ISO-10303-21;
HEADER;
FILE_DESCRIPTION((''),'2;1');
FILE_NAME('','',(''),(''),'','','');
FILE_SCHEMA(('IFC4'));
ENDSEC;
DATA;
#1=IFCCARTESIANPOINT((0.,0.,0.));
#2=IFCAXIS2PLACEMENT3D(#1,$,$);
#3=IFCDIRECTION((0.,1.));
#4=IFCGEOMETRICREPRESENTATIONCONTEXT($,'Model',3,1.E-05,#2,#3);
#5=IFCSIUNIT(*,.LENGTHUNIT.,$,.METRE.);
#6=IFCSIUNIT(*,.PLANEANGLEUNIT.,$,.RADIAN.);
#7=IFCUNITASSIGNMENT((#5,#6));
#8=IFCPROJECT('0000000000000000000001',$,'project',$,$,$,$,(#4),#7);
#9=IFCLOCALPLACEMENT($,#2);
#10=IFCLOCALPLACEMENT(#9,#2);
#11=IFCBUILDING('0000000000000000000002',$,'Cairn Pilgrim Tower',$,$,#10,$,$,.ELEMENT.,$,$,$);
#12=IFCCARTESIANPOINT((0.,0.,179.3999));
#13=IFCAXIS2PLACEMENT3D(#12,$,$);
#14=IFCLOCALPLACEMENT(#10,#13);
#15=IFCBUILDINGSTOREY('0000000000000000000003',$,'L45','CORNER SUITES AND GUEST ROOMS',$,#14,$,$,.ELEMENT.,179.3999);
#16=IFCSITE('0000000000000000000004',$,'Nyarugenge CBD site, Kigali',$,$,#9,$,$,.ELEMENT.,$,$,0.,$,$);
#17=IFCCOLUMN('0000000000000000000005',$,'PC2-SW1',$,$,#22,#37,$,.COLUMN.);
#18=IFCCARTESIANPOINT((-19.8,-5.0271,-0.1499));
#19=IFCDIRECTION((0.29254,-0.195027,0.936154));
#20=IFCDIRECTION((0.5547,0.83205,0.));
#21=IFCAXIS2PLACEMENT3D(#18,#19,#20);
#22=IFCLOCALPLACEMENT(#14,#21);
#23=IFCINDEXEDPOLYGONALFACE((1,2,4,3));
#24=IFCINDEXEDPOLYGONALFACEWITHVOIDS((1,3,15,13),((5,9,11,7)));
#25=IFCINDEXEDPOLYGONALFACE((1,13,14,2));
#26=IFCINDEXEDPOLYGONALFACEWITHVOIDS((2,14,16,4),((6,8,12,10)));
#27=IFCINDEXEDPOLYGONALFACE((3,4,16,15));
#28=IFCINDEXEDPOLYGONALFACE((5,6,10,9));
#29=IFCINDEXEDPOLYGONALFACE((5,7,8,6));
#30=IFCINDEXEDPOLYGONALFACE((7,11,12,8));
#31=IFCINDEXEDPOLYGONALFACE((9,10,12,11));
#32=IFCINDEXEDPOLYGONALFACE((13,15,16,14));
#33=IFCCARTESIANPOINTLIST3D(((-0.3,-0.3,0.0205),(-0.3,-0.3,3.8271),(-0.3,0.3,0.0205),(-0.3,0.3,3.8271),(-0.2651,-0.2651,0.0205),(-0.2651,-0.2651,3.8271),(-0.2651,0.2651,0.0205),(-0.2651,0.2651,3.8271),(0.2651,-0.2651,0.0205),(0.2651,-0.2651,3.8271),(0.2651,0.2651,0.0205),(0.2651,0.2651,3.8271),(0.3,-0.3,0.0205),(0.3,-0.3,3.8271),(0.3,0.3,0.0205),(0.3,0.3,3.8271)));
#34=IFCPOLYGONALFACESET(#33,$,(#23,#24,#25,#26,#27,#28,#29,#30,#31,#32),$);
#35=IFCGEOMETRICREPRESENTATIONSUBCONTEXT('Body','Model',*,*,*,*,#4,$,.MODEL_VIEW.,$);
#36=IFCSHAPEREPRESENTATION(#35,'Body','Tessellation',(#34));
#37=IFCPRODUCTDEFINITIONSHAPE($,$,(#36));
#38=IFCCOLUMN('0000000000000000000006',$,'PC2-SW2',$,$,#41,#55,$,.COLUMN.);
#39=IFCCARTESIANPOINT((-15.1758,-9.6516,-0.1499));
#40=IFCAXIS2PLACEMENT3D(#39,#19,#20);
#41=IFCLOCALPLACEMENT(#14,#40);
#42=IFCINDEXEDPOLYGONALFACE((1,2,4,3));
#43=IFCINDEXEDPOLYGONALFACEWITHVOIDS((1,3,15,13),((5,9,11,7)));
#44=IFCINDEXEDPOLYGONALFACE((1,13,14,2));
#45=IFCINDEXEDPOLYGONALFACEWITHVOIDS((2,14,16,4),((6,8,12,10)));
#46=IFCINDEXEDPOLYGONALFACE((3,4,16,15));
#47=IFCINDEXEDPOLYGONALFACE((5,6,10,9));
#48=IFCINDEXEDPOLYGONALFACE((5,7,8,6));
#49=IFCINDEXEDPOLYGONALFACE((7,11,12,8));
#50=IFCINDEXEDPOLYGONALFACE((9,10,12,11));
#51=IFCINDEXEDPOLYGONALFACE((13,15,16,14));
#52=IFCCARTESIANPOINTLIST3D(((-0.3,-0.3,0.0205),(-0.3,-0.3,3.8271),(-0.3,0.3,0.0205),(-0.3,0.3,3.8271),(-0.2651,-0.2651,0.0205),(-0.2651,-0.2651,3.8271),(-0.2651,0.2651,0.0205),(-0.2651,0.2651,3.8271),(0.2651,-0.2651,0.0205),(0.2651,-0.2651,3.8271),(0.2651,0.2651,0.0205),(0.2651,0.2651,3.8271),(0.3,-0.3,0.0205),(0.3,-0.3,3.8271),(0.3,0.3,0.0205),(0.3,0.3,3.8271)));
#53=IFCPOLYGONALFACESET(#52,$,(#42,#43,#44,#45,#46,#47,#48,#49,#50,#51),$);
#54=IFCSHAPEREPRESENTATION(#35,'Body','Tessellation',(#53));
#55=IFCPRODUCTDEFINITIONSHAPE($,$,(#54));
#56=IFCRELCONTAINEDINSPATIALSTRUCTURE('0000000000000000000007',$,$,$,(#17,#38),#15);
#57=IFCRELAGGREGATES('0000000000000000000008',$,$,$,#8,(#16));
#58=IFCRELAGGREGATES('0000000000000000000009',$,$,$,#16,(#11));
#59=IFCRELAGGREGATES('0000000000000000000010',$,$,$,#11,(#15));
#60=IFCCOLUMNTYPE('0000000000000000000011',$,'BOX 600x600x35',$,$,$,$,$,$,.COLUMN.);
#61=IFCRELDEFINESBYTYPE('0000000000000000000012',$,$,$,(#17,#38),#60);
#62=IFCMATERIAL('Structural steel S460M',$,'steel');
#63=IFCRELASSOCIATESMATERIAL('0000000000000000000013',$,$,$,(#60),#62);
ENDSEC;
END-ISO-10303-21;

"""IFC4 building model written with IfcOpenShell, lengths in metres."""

from ifc_helpers import new_model, si_unit, direction, frame, origin, origin_2d, place, context, subcontext, project, spatial, hollow_rectangle, extrude, clip, halfspace, material, material_profile, profile_set, type_object, element, save


model = new_model("IFC4")

# Units and contexts
model_context = context("Model", 3, precision=1e-05, world=origin(), true_north=direction((0.0, 1.0)))
body_context = subcontext(model_context, "Body", "Model", "MODEL_VIEW")
ifc_project = project(units=[si_unit("LENGTHUNIT", "METRE"), si_unit("PLANEANGLEUNIT", "RADIAN")], contexts=[model_context])

# Site, building, storey
site_placement = place(None, origin())
site = spatial("IfcSite", under=ifc_project, at=site_placement, Name="Nyarugenge CBD site, Kigali", CompositionType="ELEMENT", RefElevation=0.0)
building_placement = place(site_placement, origin())
building = spatial("IfcBuilding", under=site, at=building_placement, Name="Cairn Pilgrim Tower", CompositionType="ELEMENT")
storey_placement = place(building_placement, frame((0.0, 0.0, 179.3999)))
storey = spatial("IfcBuildingStorey", under=building, at=storey_placement, Name="L45", Description="CORNER SUITES AND GUEST ROOMS", CompositionType="ELEMENT", Elevation=179.3999)

# Columns
ifc_material_1 = material(Name="Structural steel S460M", Category="steel")
ifc_material_profile_1 = material_profile(ifc_material_1, hollow_rectangle(XDim=0.6001, YDim=0.6001, WallThickness=0.0349, at=origin_2d()), Name="BOX 600x600x35")
ifc_profile_set_1 = profile_set([ifc_material_profile_1], Name="Structural steel S460M")
column_type_1 = type_object("IfcColumnType", Name="BOX 600x600x35", PredefinedType="COLUMN", material=ifc_profile_set_1)
for number, where, z_axis, x_axis, name in (
    (1, (-19.8, -5.0271, -0.1499), (0.29254, -0.195027, 0.936154), (0.5547, 0.83205, 0.0), "PC2-SW1"),
    (2, (-15.1758, -9.6516, -0.1499), (0.29254, -0.195027, 0.936154), (0.5547, 0.83205, 0.0), "PC2-SW2"),
):
    element("IfcColumn", number, at=place(storey_placement, frame(where, z_axis=z_axis, x_axis=x_axis)), inside=storey, type_object=column_type_1, Name=name, PredefinedType="COLUMN", context=body_context, shape_type="Clipping", body=[
        clip(clip(extrude(hollow_rectangle(XDim=0.6001, YDim=0.6001, WallThickness=0.0349, at=origin_2d()), origin(), (0.0, 0.0, 1.0), 3.8457), halfspace(frame((0.0, 0.0, 0.0205), z_axis=(0.0, 0.0, 1.0), x_axis=(1.0, 0.0, 0.0)), True)), halfspace(frame((0.0, 0.0, 3.8271), z_axis=(0.0, 0.0, 1.0), x_axis=(1.0, 0.0, 0.0)), False)),
    ])

save(model, "model.ifc")
